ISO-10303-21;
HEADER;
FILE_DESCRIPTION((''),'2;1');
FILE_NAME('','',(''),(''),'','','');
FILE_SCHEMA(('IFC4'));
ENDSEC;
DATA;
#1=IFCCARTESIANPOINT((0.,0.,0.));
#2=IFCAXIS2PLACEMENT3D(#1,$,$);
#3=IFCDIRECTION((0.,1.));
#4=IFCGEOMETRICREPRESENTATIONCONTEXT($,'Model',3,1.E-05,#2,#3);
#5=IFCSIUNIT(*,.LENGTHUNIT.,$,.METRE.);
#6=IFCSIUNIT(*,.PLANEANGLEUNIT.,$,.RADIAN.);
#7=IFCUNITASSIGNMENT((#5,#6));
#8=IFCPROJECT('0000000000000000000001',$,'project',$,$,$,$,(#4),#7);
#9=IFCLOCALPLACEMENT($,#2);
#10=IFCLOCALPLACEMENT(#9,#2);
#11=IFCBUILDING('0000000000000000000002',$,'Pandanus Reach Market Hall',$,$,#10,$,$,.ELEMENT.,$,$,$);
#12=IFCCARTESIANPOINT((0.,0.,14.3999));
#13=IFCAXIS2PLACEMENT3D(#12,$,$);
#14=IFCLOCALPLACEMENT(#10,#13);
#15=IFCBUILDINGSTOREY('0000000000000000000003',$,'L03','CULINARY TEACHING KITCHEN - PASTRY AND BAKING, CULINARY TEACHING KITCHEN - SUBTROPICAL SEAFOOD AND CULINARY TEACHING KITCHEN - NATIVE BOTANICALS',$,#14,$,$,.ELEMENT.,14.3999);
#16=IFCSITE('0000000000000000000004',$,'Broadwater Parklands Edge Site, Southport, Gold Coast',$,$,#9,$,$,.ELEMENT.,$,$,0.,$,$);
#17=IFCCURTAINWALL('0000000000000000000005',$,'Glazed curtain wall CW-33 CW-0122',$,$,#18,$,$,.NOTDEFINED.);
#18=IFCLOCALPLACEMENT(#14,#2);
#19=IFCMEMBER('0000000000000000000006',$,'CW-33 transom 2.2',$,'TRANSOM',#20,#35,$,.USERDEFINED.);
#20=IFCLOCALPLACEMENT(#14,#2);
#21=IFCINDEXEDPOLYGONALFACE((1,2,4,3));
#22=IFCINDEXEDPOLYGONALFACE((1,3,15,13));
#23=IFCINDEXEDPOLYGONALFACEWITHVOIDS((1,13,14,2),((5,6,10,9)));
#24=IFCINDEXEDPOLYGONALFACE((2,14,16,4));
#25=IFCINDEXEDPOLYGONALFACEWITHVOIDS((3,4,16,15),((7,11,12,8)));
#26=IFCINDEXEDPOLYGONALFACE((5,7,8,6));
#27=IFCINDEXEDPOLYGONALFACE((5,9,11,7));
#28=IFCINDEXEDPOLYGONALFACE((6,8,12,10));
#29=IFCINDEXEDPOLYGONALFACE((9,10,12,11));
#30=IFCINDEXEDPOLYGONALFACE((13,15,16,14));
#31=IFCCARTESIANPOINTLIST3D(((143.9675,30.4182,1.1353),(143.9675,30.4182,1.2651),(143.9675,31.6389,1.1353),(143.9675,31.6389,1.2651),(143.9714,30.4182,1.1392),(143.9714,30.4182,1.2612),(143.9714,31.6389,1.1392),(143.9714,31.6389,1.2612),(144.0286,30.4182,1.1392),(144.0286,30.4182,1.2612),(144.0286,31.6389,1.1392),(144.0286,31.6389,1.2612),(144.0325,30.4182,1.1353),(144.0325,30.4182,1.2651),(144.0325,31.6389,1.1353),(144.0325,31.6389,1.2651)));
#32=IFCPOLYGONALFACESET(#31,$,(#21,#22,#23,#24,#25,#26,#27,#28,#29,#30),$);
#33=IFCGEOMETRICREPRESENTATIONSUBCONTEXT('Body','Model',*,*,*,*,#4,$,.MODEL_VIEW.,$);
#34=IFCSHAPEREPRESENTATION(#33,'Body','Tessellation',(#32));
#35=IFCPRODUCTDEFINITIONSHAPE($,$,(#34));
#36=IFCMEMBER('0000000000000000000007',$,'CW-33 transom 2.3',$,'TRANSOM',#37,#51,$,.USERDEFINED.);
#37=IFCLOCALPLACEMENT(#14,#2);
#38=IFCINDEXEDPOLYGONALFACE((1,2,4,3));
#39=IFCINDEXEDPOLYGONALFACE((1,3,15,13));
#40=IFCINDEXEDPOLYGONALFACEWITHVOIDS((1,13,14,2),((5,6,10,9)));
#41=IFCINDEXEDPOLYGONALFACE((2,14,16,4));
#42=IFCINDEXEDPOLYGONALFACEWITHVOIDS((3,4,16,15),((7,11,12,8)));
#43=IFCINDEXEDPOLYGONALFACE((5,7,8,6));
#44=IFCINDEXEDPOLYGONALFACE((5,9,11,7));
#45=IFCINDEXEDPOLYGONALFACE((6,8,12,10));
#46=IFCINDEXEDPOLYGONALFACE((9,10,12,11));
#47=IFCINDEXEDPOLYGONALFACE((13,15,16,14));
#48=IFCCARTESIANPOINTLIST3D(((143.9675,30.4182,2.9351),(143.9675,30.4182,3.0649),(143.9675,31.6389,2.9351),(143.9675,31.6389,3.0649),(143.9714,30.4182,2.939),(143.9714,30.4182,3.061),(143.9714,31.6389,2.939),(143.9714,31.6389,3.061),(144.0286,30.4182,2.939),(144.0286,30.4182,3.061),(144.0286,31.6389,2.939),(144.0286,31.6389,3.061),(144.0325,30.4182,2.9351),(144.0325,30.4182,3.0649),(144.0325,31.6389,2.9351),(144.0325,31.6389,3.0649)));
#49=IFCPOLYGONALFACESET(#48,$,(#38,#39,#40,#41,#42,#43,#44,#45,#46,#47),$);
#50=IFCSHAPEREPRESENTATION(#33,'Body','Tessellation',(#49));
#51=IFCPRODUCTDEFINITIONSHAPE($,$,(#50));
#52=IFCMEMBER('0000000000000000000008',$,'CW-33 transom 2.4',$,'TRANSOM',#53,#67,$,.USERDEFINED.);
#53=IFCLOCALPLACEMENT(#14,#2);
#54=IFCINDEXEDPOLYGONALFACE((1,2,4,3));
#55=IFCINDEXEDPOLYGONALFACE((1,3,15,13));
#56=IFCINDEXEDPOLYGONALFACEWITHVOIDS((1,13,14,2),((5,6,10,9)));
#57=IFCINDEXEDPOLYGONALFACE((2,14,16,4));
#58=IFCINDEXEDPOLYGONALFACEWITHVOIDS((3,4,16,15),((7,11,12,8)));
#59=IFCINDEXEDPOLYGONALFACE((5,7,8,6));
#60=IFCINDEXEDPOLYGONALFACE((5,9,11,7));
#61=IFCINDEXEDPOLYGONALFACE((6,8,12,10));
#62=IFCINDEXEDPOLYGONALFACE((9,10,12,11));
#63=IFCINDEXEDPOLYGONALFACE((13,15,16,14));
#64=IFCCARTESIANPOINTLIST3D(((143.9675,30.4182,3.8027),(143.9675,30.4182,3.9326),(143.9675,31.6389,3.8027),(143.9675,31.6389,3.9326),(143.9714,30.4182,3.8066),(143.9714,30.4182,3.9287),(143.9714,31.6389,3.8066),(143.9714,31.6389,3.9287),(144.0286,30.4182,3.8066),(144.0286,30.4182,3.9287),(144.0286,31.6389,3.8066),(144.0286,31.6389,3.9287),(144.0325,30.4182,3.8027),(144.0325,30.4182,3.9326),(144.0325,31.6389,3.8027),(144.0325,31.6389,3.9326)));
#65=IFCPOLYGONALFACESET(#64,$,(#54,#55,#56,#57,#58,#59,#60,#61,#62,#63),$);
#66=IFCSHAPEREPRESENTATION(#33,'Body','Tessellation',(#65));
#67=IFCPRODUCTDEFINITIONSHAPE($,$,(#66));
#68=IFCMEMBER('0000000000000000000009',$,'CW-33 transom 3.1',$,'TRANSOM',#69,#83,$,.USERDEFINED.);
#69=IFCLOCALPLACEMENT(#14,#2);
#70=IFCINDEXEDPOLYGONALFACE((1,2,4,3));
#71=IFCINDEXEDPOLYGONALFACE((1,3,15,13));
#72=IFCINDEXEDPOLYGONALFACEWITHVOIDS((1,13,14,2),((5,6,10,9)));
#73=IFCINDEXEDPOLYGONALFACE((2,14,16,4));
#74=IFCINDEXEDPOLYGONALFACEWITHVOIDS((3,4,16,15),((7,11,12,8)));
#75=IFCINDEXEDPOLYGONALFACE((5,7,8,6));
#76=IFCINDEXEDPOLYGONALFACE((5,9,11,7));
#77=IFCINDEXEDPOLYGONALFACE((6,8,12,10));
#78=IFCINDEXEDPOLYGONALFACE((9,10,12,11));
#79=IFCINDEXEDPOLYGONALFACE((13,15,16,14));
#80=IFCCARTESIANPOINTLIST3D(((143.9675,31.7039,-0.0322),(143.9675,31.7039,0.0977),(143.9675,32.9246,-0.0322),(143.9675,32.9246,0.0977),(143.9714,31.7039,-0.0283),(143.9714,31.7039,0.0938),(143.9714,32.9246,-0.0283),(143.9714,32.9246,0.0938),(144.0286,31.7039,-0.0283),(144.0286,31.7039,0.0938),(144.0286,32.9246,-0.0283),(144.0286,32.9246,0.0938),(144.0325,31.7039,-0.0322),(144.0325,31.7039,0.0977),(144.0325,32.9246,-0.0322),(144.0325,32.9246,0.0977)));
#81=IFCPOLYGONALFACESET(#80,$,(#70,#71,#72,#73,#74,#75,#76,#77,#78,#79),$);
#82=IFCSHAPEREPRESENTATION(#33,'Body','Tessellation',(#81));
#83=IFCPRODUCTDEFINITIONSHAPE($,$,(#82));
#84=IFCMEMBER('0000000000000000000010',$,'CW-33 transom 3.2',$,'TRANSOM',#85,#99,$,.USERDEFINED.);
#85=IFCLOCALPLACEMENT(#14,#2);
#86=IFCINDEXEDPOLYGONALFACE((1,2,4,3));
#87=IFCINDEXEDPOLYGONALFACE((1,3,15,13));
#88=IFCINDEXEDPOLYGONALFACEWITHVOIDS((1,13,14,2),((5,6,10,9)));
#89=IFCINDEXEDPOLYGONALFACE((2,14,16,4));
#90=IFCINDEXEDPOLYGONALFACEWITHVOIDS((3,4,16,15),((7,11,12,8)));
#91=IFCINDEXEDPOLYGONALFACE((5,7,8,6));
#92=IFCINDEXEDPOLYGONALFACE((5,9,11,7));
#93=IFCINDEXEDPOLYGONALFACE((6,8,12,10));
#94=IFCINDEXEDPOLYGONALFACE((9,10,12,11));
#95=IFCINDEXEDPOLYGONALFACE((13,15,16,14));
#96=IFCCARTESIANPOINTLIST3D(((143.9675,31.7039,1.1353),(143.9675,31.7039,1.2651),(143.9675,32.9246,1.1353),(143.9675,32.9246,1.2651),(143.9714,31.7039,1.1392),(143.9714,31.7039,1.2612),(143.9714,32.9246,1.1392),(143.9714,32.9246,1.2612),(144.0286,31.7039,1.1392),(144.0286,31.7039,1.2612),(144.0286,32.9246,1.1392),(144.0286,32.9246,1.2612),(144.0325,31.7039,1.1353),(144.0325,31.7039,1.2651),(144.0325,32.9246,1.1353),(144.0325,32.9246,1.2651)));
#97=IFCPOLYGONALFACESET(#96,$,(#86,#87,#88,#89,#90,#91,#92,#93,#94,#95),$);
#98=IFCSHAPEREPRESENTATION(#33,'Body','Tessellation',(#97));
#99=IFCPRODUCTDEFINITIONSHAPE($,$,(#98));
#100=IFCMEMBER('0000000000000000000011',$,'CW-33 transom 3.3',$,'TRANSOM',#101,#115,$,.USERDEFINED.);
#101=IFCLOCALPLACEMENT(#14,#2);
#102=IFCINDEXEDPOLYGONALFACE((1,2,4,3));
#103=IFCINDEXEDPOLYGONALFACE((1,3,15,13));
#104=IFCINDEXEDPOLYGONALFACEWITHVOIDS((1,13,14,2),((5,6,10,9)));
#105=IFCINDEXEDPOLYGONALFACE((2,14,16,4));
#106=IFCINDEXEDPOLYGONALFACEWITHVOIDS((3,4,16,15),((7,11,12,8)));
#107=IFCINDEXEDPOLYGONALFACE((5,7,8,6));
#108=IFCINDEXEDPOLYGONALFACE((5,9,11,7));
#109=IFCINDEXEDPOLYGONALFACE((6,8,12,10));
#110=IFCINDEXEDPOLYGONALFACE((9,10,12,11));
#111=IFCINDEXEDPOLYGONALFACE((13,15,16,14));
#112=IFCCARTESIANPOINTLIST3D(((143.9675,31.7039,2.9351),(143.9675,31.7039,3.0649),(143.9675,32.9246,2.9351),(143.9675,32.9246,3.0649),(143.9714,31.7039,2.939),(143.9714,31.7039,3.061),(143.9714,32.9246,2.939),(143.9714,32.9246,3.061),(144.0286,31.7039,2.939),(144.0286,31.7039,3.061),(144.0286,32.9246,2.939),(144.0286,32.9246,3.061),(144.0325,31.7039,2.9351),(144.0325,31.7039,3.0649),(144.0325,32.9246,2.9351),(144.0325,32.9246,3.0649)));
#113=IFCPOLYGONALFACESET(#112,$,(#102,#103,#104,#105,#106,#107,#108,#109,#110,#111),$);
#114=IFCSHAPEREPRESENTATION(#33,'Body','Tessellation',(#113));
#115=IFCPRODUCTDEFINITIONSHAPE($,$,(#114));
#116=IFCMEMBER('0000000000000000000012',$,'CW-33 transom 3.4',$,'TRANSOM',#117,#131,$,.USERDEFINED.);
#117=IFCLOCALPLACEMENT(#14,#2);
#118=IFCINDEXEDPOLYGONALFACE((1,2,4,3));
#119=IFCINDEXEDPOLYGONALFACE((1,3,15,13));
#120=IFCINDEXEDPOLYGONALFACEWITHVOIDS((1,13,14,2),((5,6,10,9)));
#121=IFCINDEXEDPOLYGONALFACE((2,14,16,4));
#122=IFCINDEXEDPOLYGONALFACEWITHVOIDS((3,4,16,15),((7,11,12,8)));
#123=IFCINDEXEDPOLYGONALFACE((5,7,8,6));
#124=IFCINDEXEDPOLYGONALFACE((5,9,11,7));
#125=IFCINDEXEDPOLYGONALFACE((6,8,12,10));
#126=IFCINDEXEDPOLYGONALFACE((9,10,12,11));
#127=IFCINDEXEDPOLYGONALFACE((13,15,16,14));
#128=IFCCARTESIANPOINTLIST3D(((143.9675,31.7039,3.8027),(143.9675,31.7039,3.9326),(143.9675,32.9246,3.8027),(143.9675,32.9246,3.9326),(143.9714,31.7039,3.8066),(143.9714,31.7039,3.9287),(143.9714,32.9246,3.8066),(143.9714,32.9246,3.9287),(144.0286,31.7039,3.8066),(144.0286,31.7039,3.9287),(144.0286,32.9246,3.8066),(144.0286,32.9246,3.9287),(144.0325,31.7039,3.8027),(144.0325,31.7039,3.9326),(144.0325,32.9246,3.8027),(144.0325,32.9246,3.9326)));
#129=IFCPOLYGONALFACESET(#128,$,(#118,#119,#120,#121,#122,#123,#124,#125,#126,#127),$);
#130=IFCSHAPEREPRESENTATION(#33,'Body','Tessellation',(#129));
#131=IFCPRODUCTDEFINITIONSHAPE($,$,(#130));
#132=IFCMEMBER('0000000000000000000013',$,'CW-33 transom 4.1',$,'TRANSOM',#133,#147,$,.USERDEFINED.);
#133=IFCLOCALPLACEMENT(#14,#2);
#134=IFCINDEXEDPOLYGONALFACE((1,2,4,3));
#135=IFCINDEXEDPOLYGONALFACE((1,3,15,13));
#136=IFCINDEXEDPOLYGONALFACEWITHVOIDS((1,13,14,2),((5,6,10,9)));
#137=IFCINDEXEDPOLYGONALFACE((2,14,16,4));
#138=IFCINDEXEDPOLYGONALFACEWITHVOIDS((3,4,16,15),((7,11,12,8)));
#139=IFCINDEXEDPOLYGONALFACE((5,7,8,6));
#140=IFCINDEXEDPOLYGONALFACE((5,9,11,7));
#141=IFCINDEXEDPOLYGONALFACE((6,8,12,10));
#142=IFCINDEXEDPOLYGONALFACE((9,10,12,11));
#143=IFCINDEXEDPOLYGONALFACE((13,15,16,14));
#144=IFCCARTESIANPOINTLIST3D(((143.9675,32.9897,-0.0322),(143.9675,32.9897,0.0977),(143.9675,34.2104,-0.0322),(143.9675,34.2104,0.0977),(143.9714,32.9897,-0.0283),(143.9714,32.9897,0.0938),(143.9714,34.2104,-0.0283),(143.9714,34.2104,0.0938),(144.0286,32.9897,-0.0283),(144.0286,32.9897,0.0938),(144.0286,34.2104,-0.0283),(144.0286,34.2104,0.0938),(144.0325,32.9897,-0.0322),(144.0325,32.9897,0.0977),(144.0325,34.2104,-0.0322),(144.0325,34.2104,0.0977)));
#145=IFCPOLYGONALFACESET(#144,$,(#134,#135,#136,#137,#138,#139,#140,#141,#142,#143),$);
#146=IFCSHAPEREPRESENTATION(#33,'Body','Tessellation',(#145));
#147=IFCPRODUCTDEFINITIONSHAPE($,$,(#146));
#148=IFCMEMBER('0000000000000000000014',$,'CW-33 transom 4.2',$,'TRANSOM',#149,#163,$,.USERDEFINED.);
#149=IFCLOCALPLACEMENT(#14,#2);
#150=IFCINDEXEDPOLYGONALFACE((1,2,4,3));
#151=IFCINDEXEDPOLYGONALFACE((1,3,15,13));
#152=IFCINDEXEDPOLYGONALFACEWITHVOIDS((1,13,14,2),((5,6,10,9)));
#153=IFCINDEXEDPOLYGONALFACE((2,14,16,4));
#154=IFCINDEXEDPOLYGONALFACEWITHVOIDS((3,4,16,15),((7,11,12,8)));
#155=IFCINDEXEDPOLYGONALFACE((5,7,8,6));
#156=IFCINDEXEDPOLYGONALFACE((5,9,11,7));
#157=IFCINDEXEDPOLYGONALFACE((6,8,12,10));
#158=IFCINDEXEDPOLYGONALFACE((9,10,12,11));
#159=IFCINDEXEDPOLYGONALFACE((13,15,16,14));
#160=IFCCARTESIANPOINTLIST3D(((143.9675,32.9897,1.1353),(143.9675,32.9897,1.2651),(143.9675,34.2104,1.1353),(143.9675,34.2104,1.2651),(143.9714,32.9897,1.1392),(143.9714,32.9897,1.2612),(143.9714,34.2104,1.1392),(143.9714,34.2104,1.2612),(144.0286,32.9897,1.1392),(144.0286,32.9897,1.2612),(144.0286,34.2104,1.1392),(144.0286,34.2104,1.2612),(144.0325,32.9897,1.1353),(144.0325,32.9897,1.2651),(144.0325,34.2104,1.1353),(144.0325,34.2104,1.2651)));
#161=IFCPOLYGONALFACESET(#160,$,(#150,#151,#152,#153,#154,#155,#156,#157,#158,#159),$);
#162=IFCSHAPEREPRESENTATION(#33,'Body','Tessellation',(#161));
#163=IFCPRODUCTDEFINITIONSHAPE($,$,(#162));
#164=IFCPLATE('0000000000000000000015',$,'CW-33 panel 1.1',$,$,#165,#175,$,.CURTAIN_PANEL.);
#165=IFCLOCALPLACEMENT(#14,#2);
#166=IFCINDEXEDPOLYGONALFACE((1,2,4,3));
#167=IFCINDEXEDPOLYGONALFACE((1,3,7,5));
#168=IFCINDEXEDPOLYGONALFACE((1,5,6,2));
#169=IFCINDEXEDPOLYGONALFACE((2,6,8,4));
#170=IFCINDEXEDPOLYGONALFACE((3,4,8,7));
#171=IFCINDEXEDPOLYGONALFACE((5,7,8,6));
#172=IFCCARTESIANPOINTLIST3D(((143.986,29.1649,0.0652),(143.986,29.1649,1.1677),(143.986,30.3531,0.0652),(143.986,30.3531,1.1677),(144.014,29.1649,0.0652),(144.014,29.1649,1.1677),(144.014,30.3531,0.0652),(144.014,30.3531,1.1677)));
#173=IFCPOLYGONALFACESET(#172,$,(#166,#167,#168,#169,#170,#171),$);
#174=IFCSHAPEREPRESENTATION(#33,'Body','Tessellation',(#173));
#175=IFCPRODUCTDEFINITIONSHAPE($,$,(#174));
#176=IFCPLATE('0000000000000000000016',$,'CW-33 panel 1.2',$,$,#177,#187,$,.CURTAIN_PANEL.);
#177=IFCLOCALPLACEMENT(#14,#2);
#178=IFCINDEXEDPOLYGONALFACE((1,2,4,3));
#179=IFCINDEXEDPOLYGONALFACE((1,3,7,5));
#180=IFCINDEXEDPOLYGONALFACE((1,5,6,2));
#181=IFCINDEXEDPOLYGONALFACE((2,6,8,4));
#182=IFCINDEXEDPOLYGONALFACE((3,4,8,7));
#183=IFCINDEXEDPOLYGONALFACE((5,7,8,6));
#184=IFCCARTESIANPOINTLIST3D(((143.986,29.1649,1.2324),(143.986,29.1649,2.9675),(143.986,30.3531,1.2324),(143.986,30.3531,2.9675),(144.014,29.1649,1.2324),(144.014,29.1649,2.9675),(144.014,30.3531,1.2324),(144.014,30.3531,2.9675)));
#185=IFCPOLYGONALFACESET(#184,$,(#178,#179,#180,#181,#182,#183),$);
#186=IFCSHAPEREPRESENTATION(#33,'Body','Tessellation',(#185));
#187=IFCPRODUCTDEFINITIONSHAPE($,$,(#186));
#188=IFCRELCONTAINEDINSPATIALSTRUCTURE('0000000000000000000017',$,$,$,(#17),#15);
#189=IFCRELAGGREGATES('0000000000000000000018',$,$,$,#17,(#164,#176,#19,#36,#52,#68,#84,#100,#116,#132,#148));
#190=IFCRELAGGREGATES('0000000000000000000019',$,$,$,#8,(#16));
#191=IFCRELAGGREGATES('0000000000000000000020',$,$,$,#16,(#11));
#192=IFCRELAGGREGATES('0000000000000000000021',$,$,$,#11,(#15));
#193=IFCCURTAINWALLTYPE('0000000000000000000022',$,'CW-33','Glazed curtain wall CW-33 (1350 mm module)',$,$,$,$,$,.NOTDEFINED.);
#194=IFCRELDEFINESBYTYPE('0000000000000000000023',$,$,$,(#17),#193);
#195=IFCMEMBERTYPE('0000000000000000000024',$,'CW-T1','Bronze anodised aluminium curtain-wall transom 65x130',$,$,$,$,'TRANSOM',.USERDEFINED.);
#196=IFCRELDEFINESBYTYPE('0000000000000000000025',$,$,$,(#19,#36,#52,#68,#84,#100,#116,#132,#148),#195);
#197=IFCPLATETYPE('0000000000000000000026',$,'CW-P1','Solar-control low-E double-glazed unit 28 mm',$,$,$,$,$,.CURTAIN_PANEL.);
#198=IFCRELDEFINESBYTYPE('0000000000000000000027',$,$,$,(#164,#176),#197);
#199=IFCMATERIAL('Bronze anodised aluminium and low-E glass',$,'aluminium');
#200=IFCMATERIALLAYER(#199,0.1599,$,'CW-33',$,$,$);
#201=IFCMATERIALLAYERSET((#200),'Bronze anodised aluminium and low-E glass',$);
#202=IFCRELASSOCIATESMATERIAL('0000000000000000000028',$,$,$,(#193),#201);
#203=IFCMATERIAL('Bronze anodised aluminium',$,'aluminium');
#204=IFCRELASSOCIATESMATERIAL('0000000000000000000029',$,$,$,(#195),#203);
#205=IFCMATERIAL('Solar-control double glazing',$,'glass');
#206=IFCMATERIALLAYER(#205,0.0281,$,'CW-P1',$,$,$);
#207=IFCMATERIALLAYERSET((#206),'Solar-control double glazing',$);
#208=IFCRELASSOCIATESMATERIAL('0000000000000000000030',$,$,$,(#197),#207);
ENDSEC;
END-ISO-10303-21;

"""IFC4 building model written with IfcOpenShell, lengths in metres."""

from ifc_helpers import new_model, si_unit, direction, frame, origin, origin_2d, place, context, subcontext, project, spatial, rectangle, hollow_rectangle, extrude, material, layer, layer_set, material_profile, profile_set, type_object, element, aggregate, save


model = new_model("IFC4")

# Units and contexts
model_context = context("Model", 3, precision=1e-05, world=origin(), true_north=direction((0.0, 1.0)))
body_context = subcontext(model_context, "Body", "Model", "MODEL_VIEW")
ifc_project = project(units=[si_unit("LENGTHUNIT", "METRE"), si_unit("PLANEANGLEUNIT", "RADIAN")], contexts=[model_context])

# Site, building, storey
site_placement = place(None, origin())
site = spatial("IfcSite", under=ifc_project, at=site_placement, Name="Broadwater Parklands Edge Site, Southport, Gold Coast", CompositionType="ELEMENT", RefElevation=0.0)
building_placement = place(site_placement, origin())
building = spatial("IfcBuilding", under=site, at=building_placement, Name="Pandanus Reach Market Hall", CompositionType="ELEMENT")
storey_placement = place(building_placement, frame((0.0, 0.0, 14.3999)))
storey = spatial("IfcBuildingStorey", under=building, at=storey_placement, Name="L03", Description="CULINARY TEACHING KITCHEN - PASTRY AND BAKING, CULINARY TEACHING KITCHEN - SUBTROPICAL SEAFOOD AND CULINARY TEACHING KITCHEN - NATIVE BOTANICALS", CompositionType="ELEMENT", Elevation=14.3999)

# Curtain wall, members, plates
ifc_material_1 = material(Name="Bronze anodised aluminium and low-E glass", Category="aluminium")
ifc_layer_1 = layer(ifc_material_1, 0.1599, Name="CW-33")
ifc_layer_set_1 = layer_set([ifc_layer_1], Name="Bronze anodised aluminium and low-E glass")
curtain_wall_type = type_object("IfcCurtainWallType", Name="CW-33", Description="Glazed curtain wall CW-33 (1350 mm module)", PredefinedType="NOTDEFINED", material=ifc_layer_set_1)
curtain_wall_placement = place(storey_placement, origin())
curtain_wall = element("IfcCurtainWall", 1, at=curtain_wall_placement, inside=storey, type_object=curtain_wall_type, Name="Glazed curtain wall CW-33 CW-0122", PredefinedType="NOTDEFINED")
ifc_material_2 = material(Name="Bronze anodised aluminium", Category="aluminium")
ifc_material_profile_1 = material_profile(ifc_material_2, hollow_rectangle(XDim=0.0649, YDim=0.1299, WallThickness=0.0039, at=origin_2d()), Name="ALU65x130", Category="LoadBearing")
ifc_profile_set_1 = profile_set([ifc_material_profile_1], Name="Bronze anodised aluminium")
member_type_1 = type_object("IfcMemberType", Name="CW-T1", Description="Bronze anodised aluminium curtain-wall transom 65x130", ElementType="TRANSOM", PredefinedType="USERDEFINED", material=ifc_profile_set_1)
member_1_placement = place(storey_placement, frame((144.0, 30.4182, 1.2002), z_axis=(0.0, 1.0, 0.0), x_axis=(-1.0, 0.0, 0.0)))
member_1 = element("IfcMember", 2, at=member_1_placement, type_object=member_type_1, Name="CW-33 transom 2.2", ObjectType="TRANSOM", PredefinedType="USERDEFINED", context=body_context, shape_type="SweptSolid", body=[
    extrude(hollow_rectangle(XDim=0.0649, YDim=0.1299, WallThickness=0.0039, at=origin_2d()), origin(), (0.0, 0.0, 1.0), 1.2207),
])
member_2_placement = place(storey_placement, frame((144.0, 30.4182, 3.0), z_axis=(0.0, 1.0, 0.0), x_axis=(-1.0, 0.0, 0.0)))
member_2 = element("IfcMember", 3, at=member_2_placement, type_object=member_type_1, Name="CW-33 transom 2.3", ObjectType="TRANSOM", PredefinedType="USERDEFINED", context=body_context, shape_type="SweptSolid", body=[
    extrude(hollow_rectangle(XDim=0.0649, YDim=0.1299, WallThickness=0.0039, at=origin_2d()), origin(), (0.0, 0.0, 1.0), 1.2207),
])
member_3_placement = place(storey_placement, frame((144.0, 30.4182, 3.8677), z_axis=(0.0, 1.0, 0.0), x_axis=(-1.0, 0.0, 0.0)))
member_3 = element("IfcMember", 4, at=member_3_placement, type_object=member_type_1, Name="CW-33 transom 2.4", ObjectType="TRANSOM", PredefinedType="USERDEFINED", context=body_context, shape_type="SweptSolid", body=[
    extrude(hollow_rectangle(XDim=0.0649, YDim=0.1299, WallThickness=0.0039, at=origin_2d()), origin(), (0.0, 0.0, 1.0), 1.2207),
])
member_4_placement = place(storey_placement, frame((144.0, 31.7039, 0.0327), z_axis=(0.0, 1.0, 0.0), x_axis=(-1.0, 0.0, 0.0)))
member_4 = element("IfcMember", 5, at=member_4_placement, type_object=member_type_1, Name="CW-33 transom 3.1", ObjectType="TRANSOM", PredefinedType="USERDEFINED", context=body_context, shape_type="SweptSolid", body=[
    extrude(hollow_rectangle(XDim=0.0649, YDim=0.1299, WallThickness=0.0039, at=origin_2d()), origin(), (0.0, 0.0, 1.0), 1.2207),
])
member_5_placement = place(storey_placement, frame((144.0, 31.7039, 1.2002), z_axis=(0.0, 1.0, 0.0), x_axis=(-1.0, 0.0, 0.0)))
member_5 = element("IfcMember", 6, at=member_5_placement, type_object=member_type_1, Name="CW-33 transom 3.2", ObjectType="TRANSOM", PredefinedType="USERDEFINED", context=body_context, shape_type="SweptSolid", body=[
    extrude(hollow_rectangle(XDim=0.0649, YDim=0.1299, WallThickness=0.0039, at=origin_2d()), origin(), (0.0, 0.0, 1.0), 1.2207),
])
member_6_placement = place(storey_placement, frame((144.0, 31.7039, 3.0), z_axis=(0.0, 1.0, 0.0), x_axis=(-1.0, 0.0, 0.0)))
member_6 = element("IfcMember", 7, at=member_6_placement, type_object=member_type_1, Name="CW-33 transom 3.3", ObjectType="TRANSOM", PredefinedType="USERDEFINED", context=body_context, shape_type="SweptSolid", body=[
    extrude(hollow_rectangle(XDim=0.0649, YDim=0.1299, WallThickness=0.0039, at=origin_2d()), origin(), (0.0, 0.0, 1.0), 1.2207),
])
member_7_placement = place(storey_placement, frame((144.0, 31.7039, 3.8677), z_axis=(0.0, 1.0, 0.0), x_axis=(-1.0, 0.0, 0.0)))
member_7 = element("IfcMember", 8, at=member_7_placement, type_object=member_type_1, Name="CW-33 transom 3.4", ObjectType="TRANSOM", PredefinedType="USERDEFINED", context=body_context, shape_type="SweptSolid", body=[
    extrude(hollow_rectangle(XDim=0.0649, YDim=0.1299, WallThickness=0.0039, at=origin_2d()), origin(), (0.0, 0.0, 1.0), 1.2207),
])
member_8_placement = place(storey_placement, frame((144.0, 32.9897, 0.0327), z_axis=(0.0, 1.0, 0.0), x_axis=(-1.0, 0.0, 0.0)))
member_8 = element("IfcMember", 9, at=member_8_placement, type_object=member_type_1, Name="CW-33 transom 4.1", ObjectType="TRANSOM", PredefinedType="USERDEFINED", context=body_context, shape_type="SweptSolid", body=[
    extrude(hollow_rectangle(XDim=0.0649, YDim=0.1299, WallThickness=0.0039, at=origin_2d()), origin(), (0.0, 0.0, 1.0), 1.2207),
])
member_9_placement = place(storey_placement, frame((144.0, 32.9897, 1.2002), z_axis=(0.0, 1.0, 0.0), x_axis=(-1.0, 0.0, 0.0)))
member_9 = element("IfcMember", 10, at=member_9_placement, type_object=member_type_1, Name="CW-33 transom 4.2", ObjectType="TRANSOM", PredefinedType="USERDEFINED", context=body_context, shape_type="SweptSolid", body=[
    extrude(hollow_rectangle(XDim=0.0649, YDim=0.1299, WallThickness=0.0039, at=origin_2d()), origin(), (0.0, 0.0, 1.0), 1.2207),
])
ifc_material_3 = material(Name="Solar-control double glazing", Category="glass")
ifc_layer_2 = layer(ifc_material_3, 0.0281, Name="CW-P1")
ifc_layer_set_2 = layer_set([ifc_layer_2], Name="Solar-control double glazing")
plate_type = type_object("IfcPlateType", Name="CW-P1", Description="Solar-control low-E double-glazed unit 28 mm", PredefinedType="CURTAIN_PANEL", material=ifc_layer_set_2)
plate_1_placement = place(storey_placement, frame((144.0, 29.759, 0.0652), z_axis=(0.0, 0.0, 1.0), x_axis=(0.0, 1.0, 0.0)))
plate_1 = element("IfcPlate", 11, at=plate_1_placement, type_object=plate_type, Name="CW-33 panel 1.1", PredefinedType="CURTAIN_PANEL", context=body_context, shape_type="SweptSolid", body=[
    extrude(rectangle(XDim=1.1882, YDim=0.0281, at=origin_2d()), origin(), (0.0, 0.0, 1.0), 1.1025),
])
plate_2_placement = place(storey_placement, frame((144.0, 29.759, 1.2324), z_axis=(0.0, 0.0, 1.0), x_axis=(0.0, 1.0, 0.0)))
plate_2 = element("IfcPlate", 12, at=plate_2_placement, type_object=plate_type, Name="CW-33 panel 1.2", PredefinedType="CURTAIN_PANEL", context=body_context, shape_type="SweptSolid", body=[
    extrude(rectangle(XDim=1.1882, YDim=0.0281, at=origin_2d()), origin(), (0.0, 0.0, 1.0), 1.7351),
])
aggregate(curtain_wall, [plate_1, plate_2, member_1, member_2, member_3, member_4, member_5, member_6, member_7, member_8, member_9])

save(model, "model.ifc")
